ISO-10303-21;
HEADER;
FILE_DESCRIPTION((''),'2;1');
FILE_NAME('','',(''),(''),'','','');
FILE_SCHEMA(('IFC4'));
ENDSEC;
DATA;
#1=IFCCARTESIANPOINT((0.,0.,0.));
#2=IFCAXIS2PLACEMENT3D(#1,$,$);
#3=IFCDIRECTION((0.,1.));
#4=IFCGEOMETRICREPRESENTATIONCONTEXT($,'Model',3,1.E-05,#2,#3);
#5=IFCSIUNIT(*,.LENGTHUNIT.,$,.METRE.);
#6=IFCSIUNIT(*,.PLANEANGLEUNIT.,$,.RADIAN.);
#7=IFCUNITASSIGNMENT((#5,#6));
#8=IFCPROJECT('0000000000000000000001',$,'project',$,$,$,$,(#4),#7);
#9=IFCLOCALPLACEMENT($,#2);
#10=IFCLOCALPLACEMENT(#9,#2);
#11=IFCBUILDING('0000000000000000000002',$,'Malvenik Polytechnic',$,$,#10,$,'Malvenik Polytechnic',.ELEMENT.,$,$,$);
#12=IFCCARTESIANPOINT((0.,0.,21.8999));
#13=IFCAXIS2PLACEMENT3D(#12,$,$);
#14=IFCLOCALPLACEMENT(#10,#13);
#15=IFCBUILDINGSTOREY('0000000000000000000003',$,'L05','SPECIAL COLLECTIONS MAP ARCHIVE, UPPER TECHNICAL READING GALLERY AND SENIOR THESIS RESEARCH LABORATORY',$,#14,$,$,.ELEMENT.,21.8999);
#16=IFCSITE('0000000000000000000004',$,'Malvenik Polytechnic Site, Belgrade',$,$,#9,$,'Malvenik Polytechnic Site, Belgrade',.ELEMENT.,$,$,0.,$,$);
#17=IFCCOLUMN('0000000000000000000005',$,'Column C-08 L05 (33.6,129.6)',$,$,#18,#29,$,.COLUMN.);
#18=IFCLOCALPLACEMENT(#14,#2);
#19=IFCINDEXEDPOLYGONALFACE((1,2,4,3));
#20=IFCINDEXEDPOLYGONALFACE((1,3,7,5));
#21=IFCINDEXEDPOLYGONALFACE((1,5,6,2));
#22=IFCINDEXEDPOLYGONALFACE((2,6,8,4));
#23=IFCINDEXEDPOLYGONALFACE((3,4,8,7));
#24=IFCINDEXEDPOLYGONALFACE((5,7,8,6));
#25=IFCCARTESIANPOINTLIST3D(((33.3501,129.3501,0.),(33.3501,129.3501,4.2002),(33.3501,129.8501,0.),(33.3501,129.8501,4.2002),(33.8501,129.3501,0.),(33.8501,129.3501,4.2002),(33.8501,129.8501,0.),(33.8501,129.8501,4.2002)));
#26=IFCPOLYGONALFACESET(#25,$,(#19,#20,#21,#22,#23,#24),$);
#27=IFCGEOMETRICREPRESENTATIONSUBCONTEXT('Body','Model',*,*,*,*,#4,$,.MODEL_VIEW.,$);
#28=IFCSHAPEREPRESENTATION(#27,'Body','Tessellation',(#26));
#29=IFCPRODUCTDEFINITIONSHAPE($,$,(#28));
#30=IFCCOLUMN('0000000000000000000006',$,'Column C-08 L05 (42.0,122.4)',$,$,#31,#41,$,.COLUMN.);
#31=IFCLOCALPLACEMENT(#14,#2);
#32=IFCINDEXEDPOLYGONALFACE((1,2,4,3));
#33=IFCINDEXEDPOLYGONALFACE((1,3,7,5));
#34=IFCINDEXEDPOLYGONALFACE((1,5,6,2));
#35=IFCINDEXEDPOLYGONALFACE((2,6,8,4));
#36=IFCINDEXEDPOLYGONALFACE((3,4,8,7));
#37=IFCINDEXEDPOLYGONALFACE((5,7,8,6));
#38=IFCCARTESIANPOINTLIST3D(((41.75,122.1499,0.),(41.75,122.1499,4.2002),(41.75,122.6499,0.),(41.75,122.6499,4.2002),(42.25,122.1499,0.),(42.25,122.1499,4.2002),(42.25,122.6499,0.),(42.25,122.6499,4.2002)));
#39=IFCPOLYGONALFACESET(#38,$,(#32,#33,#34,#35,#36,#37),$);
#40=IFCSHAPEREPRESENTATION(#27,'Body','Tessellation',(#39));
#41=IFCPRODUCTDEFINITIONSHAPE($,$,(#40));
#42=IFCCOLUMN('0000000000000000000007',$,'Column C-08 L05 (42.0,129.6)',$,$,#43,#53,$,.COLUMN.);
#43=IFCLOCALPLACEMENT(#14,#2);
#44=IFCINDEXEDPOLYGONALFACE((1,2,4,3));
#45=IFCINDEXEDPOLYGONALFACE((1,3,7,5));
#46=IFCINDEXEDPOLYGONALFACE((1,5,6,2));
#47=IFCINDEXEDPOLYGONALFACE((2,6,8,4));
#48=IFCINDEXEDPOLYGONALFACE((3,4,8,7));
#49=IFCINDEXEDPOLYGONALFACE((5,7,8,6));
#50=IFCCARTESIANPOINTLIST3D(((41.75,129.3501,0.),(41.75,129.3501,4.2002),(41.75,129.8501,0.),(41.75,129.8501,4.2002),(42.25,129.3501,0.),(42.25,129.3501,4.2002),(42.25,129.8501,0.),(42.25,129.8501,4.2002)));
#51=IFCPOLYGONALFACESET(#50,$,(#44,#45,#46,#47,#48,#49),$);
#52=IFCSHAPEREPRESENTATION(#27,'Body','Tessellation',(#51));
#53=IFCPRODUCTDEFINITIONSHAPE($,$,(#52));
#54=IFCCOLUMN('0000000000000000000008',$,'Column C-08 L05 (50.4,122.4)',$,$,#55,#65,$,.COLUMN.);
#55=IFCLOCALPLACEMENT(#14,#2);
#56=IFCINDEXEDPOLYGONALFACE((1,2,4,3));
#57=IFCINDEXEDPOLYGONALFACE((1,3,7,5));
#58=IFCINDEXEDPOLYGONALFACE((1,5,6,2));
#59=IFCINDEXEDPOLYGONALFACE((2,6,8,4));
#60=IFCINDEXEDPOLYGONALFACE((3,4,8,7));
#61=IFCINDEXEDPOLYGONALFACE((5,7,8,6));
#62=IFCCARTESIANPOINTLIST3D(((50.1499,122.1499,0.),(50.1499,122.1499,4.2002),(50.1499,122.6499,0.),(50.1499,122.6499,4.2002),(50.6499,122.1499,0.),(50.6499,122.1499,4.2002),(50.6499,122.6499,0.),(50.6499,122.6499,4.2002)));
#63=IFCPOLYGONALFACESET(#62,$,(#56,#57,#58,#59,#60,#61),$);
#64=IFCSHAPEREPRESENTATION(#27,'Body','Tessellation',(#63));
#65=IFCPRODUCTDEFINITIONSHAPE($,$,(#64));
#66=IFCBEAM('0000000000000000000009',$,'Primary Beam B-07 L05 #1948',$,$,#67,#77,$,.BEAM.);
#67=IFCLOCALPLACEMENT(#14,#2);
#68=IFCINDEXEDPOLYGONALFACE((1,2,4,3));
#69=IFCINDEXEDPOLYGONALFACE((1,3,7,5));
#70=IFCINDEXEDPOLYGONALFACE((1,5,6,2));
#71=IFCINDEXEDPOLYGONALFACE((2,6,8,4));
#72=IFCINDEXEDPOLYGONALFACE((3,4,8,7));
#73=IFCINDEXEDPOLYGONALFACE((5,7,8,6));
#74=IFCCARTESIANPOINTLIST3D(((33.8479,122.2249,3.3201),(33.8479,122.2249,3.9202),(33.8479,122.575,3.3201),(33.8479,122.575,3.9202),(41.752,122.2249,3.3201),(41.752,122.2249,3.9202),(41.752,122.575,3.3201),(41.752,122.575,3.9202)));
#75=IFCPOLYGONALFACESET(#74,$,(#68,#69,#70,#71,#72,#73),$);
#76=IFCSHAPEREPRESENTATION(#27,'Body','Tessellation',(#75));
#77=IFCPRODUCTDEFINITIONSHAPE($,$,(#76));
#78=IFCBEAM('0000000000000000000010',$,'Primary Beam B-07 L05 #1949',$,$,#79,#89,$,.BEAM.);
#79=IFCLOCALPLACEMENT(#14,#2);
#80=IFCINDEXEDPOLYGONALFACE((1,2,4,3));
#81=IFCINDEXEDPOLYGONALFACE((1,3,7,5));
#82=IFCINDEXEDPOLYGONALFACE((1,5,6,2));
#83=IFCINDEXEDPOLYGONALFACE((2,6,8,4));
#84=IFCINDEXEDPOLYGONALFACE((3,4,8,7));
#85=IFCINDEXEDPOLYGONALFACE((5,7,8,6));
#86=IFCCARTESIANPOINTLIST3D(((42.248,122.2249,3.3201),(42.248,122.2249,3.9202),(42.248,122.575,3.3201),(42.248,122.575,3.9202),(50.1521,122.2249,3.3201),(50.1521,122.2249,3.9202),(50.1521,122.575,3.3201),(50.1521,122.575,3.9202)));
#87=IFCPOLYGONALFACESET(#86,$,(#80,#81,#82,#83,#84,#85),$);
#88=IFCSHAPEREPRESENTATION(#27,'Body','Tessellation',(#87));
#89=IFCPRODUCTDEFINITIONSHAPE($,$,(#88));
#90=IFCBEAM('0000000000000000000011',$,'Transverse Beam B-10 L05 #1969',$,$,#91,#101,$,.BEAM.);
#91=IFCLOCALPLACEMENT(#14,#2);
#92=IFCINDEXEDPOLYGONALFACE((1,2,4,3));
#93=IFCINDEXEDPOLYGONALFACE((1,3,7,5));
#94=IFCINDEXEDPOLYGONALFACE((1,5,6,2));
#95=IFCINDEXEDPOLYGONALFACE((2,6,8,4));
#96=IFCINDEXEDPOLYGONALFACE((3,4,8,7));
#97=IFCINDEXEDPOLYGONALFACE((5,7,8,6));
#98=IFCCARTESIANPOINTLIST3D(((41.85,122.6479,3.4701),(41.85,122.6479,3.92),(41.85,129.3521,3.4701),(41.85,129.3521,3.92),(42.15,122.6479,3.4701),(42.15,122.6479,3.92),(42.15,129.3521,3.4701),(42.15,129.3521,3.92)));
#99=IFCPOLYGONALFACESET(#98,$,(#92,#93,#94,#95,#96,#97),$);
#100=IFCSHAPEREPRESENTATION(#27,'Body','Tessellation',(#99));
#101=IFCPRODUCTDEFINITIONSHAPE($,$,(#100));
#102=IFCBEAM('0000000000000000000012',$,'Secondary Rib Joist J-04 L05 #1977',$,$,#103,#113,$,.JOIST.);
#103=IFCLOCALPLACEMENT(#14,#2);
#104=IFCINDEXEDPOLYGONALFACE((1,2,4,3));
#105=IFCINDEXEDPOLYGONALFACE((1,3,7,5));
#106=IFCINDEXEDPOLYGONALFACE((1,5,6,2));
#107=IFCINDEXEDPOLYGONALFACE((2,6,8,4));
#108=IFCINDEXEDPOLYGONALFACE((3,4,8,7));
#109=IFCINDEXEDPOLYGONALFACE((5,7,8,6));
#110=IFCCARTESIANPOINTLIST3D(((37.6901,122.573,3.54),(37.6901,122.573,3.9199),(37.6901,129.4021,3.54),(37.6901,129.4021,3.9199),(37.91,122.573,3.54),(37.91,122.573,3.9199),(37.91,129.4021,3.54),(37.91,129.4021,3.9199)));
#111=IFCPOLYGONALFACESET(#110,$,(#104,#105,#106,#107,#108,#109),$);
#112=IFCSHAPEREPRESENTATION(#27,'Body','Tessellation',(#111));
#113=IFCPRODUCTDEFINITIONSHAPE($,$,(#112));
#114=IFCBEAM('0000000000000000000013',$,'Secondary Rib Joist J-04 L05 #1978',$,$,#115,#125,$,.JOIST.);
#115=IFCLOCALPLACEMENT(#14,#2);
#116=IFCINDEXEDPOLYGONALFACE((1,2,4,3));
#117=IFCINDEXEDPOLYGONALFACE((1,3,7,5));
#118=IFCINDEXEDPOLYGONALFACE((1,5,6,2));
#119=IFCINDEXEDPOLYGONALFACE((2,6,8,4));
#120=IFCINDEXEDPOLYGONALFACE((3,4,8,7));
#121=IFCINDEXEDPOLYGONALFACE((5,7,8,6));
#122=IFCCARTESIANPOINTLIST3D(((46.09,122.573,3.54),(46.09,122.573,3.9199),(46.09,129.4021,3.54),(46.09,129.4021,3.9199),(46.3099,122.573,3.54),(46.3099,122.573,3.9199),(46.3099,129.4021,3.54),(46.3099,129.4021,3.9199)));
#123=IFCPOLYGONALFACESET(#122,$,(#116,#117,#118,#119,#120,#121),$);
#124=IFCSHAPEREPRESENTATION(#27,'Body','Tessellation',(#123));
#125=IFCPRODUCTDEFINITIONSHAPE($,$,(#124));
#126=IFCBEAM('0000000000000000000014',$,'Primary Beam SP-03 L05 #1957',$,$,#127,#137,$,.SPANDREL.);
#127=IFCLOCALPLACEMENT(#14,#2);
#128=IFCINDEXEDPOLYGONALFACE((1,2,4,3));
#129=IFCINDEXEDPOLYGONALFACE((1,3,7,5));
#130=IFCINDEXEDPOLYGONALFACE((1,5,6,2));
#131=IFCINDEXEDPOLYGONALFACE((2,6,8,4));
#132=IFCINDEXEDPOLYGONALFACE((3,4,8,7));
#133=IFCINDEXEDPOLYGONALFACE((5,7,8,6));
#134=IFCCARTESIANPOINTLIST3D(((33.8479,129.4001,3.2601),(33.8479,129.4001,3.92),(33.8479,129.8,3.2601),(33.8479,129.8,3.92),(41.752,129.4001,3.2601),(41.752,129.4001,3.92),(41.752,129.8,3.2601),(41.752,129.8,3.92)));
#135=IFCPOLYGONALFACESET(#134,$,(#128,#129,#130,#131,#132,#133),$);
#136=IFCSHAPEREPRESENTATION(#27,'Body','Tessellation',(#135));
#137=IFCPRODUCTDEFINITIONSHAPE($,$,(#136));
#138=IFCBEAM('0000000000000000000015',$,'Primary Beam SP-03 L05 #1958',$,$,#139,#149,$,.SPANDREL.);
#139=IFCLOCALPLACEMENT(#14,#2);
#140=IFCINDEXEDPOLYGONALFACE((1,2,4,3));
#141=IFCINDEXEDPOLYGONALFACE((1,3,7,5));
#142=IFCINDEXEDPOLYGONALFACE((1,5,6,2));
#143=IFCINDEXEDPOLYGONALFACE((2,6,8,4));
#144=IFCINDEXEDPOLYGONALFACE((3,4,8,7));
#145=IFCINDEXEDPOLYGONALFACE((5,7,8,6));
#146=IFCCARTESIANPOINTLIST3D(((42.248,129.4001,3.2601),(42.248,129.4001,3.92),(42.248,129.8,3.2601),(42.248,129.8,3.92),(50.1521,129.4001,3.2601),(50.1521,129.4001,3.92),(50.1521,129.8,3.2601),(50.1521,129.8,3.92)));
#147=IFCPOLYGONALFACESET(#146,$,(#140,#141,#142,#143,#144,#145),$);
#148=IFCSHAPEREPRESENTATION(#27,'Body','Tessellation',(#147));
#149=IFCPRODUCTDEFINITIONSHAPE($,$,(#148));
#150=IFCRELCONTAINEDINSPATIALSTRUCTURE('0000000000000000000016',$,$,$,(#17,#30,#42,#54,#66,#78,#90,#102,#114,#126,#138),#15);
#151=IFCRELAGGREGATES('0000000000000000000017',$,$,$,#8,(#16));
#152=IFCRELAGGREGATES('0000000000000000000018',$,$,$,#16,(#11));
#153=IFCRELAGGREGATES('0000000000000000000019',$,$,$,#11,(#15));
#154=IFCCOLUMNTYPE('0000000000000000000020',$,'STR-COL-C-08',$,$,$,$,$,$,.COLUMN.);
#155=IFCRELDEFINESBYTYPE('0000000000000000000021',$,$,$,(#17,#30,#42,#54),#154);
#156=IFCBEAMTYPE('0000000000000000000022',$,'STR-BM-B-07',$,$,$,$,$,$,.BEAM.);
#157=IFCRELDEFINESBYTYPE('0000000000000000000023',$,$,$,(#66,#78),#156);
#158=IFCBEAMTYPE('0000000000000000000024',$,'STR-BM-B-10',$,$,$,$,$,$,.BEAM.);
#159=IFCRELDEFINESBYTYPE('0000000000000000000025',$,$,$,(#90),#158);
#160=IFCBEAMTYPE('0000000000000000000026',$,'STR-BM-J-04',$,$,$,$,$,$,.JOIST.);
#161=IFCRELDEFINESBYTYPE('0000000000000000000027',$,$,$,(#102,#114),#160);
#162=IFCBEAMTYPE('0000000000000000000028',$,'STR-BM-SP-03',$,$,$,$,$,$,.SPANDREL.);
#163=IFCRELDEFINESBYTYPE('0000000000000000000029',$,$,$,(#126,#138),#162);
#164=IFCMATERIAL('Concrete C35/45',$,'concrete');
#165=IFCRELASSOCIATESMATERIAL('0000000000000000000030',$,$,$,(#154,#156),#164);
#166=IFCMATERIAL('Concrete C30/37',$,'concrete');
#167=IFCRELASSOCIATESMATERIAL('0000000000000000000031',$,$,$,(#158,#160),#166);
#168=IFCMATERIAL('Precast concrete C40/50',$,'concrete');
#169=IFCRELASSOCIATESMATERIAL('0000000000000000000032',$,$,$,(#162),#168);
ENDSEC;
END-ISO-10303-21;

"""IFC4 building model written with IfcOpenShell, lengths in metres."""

from ifc_helpers import new_model, si_unit, direction, frame, origin, origin_2d, place, context, subcontext, project, spatial, rectangle, extrude, material, material_profile, profile_set, type_object, element, save


model = new_model("IFC4")

# Units and contexts
model_context = context("Model", 3, precision=1e-05, world=origin(), true_north=direction((0.0, 1.0)))
body_context = subcontext(model_context, "Body", "Model", "MODEL_VIEW")
ifc_project = project(units=[si_unit("LENGTHUNIT", "METRE"), si_unit("PLANEANGLEUNIT", "RADIAN")], contexts=[model_context])

# Site, building, storey
site_placement = place(None, origin())
site = spatial("IfcSite", under=ifc_project, at=site_placement, Name="Malvenik Polytechnic Site, Belgrade", LongName="Malvenik Polytechnic Site, Belgrade", CompositionType="ELEMENT", RefElevation=0.0)
building_placement = place(site_placement, origin())
building = spatial("IfcBuilding", under=site, at=building_placement, Name="Malvenik Polytechnic", LongName="Malvenik Polytechnic", CompositionType="ELEMENT")
storey_placement = place(building_placement, frame((0.0, 0.0, 21.8999)))
storey = spatial("IfcBuildingStorey", under=building, at=storey_placement, Name="L05", Description="SPECIAL COLLECTIONS MAP ARCHIVE, UPPER TECHNICAL READING GALLERY AND SENIOR THESIS RESEARCH LABORATORY", CompositionType="ELEMENT", Elevation=21.8999)

# Columns
ifc_material_1 = material(Name="Concrete C35/45", Category="concrete")
ifc_material_profile_1 = material_profile(ifc_material_1, rectangle(XDim=0.5, YDim=0.5, at=origin_2d()), Name="RC COL 500x500")
ifc_profile_set_1 = profile_set([ifc_material_profile_1], Name="Concrete C35/45")
column_type = type_object("IfcColumnType", Name="STR-COL-C-08", PredefinedType="COLUMN", material=ifc_profile_set_1)
for number, where, z_axis, x_axis, name in (
    (1, (33.6001, 129.6001, 0.0), (0.0, 0.0, 1.0), (1.0, 0.0, 0.0), "Column C-08 L05 (33.6,129.6)"),
    (2, (42.0, 122.3999, 0.0), (0.0, 0.0, 1.0), (1.0, 0.0, 0.0), "Column C-08 L05 (42.0,122.4)"),
    (3, (42.0, 129.6001, 0.0), (0.0, 0.0, 1.0), (1.0, 0.0, 0.0), "Column C-08 L05 (42.0,129.6)"),
    (4, (50.3999, 122.3999, 0.0), (0.0, 0.0, 1.0), (1.0, 0.0, 0.0), "Column C-08 L05 (50.4,122.4)"),
):
    element("IfcColumn", number, at=place(storey_placement, frame(where, z_axis=z_axis, x_axis=x_axis)), inside=storey, type_object=column_type, Name=name, PredefinedType="COLUMN", context=body_context, shape_type="SweptSolid", body=[
        extrude(rectangle(XDim=0.5, YDim=0.5, at=origin_2d()), origin(), (0.0, 0.0, 1.0), 4.2002),
    ])

# Beams
ifc_material_profile_2 = material_profile(ifc_material_1, rectangle(XDim=0.3501, YDim=0.6001, at=origin_2d()), Name="RC BM 350x600")
ifc_profile_set_2 = profile_set([ifc_material_profile_2], Name="Concrete C35/45")
beam_type_1 = type_object("IfcBeamType", Name="STR-BM-B-07", PredefinedType="BEAM", material=ifc_profile_set_2)
for number, where, z_axis, x_axis, name in (
    (5, (33.8479, 122.3999, 3.6201), (1.0, 0.0, 0.0), (0.0, 1.0, 0.0), "Primary Beam B-07 L05 #1948"),
    (6, (42.248, 122.3999, 3.6201), (1.0, 0.0, 0.0), (0.0, 1.0, 0.0), "Primary Beam B-07 L05 #1949"),
):
    element("IfcBeam", number, at=place(storey_placement, frame(where, z_axis=z_axis, x_axis=x_axis)), inside=storey, type_object=beam_type_1, Name=name, PredefinedType="BEAM", context=body_context, shape_type="SweptSolid", body=[
        extrude(rectangle(XDim=0.3501, YDim=0.6001, at=origin_2d()), origin(), (0.0, 0.0, 1.0), 7.9041),
    ])
ifc_material_2 = material(Name="Concrete C30/37", Category="concrete")
ifc_material_profile_3 = material_profile(ifc_material_2, rectangle(XDim=0.3, YDim=0.45, at=origin_2d()), Name="RC BM 300x450")
ifc_profile_set_3 = profile_set([ifc_material_profile_3], Name="Concrete C30/37")
beam_type_2 = type_object("IfcBeamType", Name="STR-BM-B-10", PredefinedType="BEAM", material=ifc_profile_set_3)
beam_placement = place(storey_placement, frame((42.0, 122.6479, 3.6951), z_axis=(0.0, 1.0, 0.0), x_axis=(-1.0, 0.0, 0.0)))
element("IfcBeam", 7, at=beam_placement, inside=storey, type_object=beam_type_2, Name="Transverse Beam B-10 L05 #1969", PredefinedType="BEAM", context=body_context, shape_type="SweptSolid", body=[
    extrude(rectangle(XDim=0.3, YDim=0.45, at=origin_2d()), origin(), (0.0, 0.0, 1.0), 6.7041),
])
ifc_material_profile_4 = material_profile(ifc_material_2, rectangle(XDim=0.22, YDim=0.3799, at=origin_2d()), Name="RC JST 220x380")
ifc_profile_set_4 = profile_set([ifc_material_profile_4], Name="Concrete C30/37")
beam_type_3 = type_object("IfcBeamType", Name="STR-BM-J-04", PredefinedType="JOIST", material=ifc_profile_set_4)
for number, where, z_axis, x_axis, name in (
    (8, (37.8, 122.573, 3.73), (0.0, 1.0, 0.0), (-1.0, 0.0, 0.0), "Secondary Rib Joist J-04 L05 #1977"),
    (9, (46.2, 122.573, 3.73), (0.0, 1.0, 0.0), (-1.0, 0.0, 0.0), "Secondary Rib Joist J-04 L05 #1978"),
):
    element("IfcBeam", number, at=place(storey_placement, frame(where, z_axis=z_axis, x_axis=x_axis)), inside=storey, type_object=beam_type_3, Name=name, PredefinedType="JOIST", context=body_context, shape_type="SweptSolid", body=[
        extrude(rectangle(XDim=0.22, YDim=0.3799, at=origin_2d()), origin(), (0.0, 0.0, 1.0), 6.8291),
    ])
ifc_material_3 = material(Name="Precast concrete C40/50", Category="concrete")
ifc_material_profile_5 = material_profile(ifc_material_3, rectangle(XDim=0.3999, YDim=0.6599, at=origin_2d()), Name="PC SPN 400x660")
ifc_profile_set_5 = profile_set([ifc_material_profile_5], Name="Precast concrete C40/50")
beam_type_4 = type_object("IfcBeamType", Name="STR-BM-SP-03", PredefinedType="SPANDREL", material=ifc_profile_set_5)
for number, where, z_axis, x_axis, name in (
    (10, (33.8479, 129.6001, 3.5901), (1.0, 0.0, 0.0), (0.0, 1.0, 0.0), "Primary Beam SP-03 L05 #1957"),
    (11, (42.248, 129.6001, 3.5901), (1.0, 0.0, 0.0), (0.0, 1.0, 0.0), "Primary Beam SP-03 L05 #1958"),
):
    element("IfcBeam", number, at=place(storey_placement, frame(where, z_axis=z_axis, x_axis=x_axis)), inside=storey, type_object=beam_type_4, Name=name, PredefinedType="SPANDREL", context=body_context, shape_type="SweptSolid", body=[
        extrude(rectangle(XDim=0.3999, YDim=0.6599, at=origin_2d()), origin(), (0.0, 0.0, 1.0), 7.9041),
    ])

save(model, "model.ifc")
